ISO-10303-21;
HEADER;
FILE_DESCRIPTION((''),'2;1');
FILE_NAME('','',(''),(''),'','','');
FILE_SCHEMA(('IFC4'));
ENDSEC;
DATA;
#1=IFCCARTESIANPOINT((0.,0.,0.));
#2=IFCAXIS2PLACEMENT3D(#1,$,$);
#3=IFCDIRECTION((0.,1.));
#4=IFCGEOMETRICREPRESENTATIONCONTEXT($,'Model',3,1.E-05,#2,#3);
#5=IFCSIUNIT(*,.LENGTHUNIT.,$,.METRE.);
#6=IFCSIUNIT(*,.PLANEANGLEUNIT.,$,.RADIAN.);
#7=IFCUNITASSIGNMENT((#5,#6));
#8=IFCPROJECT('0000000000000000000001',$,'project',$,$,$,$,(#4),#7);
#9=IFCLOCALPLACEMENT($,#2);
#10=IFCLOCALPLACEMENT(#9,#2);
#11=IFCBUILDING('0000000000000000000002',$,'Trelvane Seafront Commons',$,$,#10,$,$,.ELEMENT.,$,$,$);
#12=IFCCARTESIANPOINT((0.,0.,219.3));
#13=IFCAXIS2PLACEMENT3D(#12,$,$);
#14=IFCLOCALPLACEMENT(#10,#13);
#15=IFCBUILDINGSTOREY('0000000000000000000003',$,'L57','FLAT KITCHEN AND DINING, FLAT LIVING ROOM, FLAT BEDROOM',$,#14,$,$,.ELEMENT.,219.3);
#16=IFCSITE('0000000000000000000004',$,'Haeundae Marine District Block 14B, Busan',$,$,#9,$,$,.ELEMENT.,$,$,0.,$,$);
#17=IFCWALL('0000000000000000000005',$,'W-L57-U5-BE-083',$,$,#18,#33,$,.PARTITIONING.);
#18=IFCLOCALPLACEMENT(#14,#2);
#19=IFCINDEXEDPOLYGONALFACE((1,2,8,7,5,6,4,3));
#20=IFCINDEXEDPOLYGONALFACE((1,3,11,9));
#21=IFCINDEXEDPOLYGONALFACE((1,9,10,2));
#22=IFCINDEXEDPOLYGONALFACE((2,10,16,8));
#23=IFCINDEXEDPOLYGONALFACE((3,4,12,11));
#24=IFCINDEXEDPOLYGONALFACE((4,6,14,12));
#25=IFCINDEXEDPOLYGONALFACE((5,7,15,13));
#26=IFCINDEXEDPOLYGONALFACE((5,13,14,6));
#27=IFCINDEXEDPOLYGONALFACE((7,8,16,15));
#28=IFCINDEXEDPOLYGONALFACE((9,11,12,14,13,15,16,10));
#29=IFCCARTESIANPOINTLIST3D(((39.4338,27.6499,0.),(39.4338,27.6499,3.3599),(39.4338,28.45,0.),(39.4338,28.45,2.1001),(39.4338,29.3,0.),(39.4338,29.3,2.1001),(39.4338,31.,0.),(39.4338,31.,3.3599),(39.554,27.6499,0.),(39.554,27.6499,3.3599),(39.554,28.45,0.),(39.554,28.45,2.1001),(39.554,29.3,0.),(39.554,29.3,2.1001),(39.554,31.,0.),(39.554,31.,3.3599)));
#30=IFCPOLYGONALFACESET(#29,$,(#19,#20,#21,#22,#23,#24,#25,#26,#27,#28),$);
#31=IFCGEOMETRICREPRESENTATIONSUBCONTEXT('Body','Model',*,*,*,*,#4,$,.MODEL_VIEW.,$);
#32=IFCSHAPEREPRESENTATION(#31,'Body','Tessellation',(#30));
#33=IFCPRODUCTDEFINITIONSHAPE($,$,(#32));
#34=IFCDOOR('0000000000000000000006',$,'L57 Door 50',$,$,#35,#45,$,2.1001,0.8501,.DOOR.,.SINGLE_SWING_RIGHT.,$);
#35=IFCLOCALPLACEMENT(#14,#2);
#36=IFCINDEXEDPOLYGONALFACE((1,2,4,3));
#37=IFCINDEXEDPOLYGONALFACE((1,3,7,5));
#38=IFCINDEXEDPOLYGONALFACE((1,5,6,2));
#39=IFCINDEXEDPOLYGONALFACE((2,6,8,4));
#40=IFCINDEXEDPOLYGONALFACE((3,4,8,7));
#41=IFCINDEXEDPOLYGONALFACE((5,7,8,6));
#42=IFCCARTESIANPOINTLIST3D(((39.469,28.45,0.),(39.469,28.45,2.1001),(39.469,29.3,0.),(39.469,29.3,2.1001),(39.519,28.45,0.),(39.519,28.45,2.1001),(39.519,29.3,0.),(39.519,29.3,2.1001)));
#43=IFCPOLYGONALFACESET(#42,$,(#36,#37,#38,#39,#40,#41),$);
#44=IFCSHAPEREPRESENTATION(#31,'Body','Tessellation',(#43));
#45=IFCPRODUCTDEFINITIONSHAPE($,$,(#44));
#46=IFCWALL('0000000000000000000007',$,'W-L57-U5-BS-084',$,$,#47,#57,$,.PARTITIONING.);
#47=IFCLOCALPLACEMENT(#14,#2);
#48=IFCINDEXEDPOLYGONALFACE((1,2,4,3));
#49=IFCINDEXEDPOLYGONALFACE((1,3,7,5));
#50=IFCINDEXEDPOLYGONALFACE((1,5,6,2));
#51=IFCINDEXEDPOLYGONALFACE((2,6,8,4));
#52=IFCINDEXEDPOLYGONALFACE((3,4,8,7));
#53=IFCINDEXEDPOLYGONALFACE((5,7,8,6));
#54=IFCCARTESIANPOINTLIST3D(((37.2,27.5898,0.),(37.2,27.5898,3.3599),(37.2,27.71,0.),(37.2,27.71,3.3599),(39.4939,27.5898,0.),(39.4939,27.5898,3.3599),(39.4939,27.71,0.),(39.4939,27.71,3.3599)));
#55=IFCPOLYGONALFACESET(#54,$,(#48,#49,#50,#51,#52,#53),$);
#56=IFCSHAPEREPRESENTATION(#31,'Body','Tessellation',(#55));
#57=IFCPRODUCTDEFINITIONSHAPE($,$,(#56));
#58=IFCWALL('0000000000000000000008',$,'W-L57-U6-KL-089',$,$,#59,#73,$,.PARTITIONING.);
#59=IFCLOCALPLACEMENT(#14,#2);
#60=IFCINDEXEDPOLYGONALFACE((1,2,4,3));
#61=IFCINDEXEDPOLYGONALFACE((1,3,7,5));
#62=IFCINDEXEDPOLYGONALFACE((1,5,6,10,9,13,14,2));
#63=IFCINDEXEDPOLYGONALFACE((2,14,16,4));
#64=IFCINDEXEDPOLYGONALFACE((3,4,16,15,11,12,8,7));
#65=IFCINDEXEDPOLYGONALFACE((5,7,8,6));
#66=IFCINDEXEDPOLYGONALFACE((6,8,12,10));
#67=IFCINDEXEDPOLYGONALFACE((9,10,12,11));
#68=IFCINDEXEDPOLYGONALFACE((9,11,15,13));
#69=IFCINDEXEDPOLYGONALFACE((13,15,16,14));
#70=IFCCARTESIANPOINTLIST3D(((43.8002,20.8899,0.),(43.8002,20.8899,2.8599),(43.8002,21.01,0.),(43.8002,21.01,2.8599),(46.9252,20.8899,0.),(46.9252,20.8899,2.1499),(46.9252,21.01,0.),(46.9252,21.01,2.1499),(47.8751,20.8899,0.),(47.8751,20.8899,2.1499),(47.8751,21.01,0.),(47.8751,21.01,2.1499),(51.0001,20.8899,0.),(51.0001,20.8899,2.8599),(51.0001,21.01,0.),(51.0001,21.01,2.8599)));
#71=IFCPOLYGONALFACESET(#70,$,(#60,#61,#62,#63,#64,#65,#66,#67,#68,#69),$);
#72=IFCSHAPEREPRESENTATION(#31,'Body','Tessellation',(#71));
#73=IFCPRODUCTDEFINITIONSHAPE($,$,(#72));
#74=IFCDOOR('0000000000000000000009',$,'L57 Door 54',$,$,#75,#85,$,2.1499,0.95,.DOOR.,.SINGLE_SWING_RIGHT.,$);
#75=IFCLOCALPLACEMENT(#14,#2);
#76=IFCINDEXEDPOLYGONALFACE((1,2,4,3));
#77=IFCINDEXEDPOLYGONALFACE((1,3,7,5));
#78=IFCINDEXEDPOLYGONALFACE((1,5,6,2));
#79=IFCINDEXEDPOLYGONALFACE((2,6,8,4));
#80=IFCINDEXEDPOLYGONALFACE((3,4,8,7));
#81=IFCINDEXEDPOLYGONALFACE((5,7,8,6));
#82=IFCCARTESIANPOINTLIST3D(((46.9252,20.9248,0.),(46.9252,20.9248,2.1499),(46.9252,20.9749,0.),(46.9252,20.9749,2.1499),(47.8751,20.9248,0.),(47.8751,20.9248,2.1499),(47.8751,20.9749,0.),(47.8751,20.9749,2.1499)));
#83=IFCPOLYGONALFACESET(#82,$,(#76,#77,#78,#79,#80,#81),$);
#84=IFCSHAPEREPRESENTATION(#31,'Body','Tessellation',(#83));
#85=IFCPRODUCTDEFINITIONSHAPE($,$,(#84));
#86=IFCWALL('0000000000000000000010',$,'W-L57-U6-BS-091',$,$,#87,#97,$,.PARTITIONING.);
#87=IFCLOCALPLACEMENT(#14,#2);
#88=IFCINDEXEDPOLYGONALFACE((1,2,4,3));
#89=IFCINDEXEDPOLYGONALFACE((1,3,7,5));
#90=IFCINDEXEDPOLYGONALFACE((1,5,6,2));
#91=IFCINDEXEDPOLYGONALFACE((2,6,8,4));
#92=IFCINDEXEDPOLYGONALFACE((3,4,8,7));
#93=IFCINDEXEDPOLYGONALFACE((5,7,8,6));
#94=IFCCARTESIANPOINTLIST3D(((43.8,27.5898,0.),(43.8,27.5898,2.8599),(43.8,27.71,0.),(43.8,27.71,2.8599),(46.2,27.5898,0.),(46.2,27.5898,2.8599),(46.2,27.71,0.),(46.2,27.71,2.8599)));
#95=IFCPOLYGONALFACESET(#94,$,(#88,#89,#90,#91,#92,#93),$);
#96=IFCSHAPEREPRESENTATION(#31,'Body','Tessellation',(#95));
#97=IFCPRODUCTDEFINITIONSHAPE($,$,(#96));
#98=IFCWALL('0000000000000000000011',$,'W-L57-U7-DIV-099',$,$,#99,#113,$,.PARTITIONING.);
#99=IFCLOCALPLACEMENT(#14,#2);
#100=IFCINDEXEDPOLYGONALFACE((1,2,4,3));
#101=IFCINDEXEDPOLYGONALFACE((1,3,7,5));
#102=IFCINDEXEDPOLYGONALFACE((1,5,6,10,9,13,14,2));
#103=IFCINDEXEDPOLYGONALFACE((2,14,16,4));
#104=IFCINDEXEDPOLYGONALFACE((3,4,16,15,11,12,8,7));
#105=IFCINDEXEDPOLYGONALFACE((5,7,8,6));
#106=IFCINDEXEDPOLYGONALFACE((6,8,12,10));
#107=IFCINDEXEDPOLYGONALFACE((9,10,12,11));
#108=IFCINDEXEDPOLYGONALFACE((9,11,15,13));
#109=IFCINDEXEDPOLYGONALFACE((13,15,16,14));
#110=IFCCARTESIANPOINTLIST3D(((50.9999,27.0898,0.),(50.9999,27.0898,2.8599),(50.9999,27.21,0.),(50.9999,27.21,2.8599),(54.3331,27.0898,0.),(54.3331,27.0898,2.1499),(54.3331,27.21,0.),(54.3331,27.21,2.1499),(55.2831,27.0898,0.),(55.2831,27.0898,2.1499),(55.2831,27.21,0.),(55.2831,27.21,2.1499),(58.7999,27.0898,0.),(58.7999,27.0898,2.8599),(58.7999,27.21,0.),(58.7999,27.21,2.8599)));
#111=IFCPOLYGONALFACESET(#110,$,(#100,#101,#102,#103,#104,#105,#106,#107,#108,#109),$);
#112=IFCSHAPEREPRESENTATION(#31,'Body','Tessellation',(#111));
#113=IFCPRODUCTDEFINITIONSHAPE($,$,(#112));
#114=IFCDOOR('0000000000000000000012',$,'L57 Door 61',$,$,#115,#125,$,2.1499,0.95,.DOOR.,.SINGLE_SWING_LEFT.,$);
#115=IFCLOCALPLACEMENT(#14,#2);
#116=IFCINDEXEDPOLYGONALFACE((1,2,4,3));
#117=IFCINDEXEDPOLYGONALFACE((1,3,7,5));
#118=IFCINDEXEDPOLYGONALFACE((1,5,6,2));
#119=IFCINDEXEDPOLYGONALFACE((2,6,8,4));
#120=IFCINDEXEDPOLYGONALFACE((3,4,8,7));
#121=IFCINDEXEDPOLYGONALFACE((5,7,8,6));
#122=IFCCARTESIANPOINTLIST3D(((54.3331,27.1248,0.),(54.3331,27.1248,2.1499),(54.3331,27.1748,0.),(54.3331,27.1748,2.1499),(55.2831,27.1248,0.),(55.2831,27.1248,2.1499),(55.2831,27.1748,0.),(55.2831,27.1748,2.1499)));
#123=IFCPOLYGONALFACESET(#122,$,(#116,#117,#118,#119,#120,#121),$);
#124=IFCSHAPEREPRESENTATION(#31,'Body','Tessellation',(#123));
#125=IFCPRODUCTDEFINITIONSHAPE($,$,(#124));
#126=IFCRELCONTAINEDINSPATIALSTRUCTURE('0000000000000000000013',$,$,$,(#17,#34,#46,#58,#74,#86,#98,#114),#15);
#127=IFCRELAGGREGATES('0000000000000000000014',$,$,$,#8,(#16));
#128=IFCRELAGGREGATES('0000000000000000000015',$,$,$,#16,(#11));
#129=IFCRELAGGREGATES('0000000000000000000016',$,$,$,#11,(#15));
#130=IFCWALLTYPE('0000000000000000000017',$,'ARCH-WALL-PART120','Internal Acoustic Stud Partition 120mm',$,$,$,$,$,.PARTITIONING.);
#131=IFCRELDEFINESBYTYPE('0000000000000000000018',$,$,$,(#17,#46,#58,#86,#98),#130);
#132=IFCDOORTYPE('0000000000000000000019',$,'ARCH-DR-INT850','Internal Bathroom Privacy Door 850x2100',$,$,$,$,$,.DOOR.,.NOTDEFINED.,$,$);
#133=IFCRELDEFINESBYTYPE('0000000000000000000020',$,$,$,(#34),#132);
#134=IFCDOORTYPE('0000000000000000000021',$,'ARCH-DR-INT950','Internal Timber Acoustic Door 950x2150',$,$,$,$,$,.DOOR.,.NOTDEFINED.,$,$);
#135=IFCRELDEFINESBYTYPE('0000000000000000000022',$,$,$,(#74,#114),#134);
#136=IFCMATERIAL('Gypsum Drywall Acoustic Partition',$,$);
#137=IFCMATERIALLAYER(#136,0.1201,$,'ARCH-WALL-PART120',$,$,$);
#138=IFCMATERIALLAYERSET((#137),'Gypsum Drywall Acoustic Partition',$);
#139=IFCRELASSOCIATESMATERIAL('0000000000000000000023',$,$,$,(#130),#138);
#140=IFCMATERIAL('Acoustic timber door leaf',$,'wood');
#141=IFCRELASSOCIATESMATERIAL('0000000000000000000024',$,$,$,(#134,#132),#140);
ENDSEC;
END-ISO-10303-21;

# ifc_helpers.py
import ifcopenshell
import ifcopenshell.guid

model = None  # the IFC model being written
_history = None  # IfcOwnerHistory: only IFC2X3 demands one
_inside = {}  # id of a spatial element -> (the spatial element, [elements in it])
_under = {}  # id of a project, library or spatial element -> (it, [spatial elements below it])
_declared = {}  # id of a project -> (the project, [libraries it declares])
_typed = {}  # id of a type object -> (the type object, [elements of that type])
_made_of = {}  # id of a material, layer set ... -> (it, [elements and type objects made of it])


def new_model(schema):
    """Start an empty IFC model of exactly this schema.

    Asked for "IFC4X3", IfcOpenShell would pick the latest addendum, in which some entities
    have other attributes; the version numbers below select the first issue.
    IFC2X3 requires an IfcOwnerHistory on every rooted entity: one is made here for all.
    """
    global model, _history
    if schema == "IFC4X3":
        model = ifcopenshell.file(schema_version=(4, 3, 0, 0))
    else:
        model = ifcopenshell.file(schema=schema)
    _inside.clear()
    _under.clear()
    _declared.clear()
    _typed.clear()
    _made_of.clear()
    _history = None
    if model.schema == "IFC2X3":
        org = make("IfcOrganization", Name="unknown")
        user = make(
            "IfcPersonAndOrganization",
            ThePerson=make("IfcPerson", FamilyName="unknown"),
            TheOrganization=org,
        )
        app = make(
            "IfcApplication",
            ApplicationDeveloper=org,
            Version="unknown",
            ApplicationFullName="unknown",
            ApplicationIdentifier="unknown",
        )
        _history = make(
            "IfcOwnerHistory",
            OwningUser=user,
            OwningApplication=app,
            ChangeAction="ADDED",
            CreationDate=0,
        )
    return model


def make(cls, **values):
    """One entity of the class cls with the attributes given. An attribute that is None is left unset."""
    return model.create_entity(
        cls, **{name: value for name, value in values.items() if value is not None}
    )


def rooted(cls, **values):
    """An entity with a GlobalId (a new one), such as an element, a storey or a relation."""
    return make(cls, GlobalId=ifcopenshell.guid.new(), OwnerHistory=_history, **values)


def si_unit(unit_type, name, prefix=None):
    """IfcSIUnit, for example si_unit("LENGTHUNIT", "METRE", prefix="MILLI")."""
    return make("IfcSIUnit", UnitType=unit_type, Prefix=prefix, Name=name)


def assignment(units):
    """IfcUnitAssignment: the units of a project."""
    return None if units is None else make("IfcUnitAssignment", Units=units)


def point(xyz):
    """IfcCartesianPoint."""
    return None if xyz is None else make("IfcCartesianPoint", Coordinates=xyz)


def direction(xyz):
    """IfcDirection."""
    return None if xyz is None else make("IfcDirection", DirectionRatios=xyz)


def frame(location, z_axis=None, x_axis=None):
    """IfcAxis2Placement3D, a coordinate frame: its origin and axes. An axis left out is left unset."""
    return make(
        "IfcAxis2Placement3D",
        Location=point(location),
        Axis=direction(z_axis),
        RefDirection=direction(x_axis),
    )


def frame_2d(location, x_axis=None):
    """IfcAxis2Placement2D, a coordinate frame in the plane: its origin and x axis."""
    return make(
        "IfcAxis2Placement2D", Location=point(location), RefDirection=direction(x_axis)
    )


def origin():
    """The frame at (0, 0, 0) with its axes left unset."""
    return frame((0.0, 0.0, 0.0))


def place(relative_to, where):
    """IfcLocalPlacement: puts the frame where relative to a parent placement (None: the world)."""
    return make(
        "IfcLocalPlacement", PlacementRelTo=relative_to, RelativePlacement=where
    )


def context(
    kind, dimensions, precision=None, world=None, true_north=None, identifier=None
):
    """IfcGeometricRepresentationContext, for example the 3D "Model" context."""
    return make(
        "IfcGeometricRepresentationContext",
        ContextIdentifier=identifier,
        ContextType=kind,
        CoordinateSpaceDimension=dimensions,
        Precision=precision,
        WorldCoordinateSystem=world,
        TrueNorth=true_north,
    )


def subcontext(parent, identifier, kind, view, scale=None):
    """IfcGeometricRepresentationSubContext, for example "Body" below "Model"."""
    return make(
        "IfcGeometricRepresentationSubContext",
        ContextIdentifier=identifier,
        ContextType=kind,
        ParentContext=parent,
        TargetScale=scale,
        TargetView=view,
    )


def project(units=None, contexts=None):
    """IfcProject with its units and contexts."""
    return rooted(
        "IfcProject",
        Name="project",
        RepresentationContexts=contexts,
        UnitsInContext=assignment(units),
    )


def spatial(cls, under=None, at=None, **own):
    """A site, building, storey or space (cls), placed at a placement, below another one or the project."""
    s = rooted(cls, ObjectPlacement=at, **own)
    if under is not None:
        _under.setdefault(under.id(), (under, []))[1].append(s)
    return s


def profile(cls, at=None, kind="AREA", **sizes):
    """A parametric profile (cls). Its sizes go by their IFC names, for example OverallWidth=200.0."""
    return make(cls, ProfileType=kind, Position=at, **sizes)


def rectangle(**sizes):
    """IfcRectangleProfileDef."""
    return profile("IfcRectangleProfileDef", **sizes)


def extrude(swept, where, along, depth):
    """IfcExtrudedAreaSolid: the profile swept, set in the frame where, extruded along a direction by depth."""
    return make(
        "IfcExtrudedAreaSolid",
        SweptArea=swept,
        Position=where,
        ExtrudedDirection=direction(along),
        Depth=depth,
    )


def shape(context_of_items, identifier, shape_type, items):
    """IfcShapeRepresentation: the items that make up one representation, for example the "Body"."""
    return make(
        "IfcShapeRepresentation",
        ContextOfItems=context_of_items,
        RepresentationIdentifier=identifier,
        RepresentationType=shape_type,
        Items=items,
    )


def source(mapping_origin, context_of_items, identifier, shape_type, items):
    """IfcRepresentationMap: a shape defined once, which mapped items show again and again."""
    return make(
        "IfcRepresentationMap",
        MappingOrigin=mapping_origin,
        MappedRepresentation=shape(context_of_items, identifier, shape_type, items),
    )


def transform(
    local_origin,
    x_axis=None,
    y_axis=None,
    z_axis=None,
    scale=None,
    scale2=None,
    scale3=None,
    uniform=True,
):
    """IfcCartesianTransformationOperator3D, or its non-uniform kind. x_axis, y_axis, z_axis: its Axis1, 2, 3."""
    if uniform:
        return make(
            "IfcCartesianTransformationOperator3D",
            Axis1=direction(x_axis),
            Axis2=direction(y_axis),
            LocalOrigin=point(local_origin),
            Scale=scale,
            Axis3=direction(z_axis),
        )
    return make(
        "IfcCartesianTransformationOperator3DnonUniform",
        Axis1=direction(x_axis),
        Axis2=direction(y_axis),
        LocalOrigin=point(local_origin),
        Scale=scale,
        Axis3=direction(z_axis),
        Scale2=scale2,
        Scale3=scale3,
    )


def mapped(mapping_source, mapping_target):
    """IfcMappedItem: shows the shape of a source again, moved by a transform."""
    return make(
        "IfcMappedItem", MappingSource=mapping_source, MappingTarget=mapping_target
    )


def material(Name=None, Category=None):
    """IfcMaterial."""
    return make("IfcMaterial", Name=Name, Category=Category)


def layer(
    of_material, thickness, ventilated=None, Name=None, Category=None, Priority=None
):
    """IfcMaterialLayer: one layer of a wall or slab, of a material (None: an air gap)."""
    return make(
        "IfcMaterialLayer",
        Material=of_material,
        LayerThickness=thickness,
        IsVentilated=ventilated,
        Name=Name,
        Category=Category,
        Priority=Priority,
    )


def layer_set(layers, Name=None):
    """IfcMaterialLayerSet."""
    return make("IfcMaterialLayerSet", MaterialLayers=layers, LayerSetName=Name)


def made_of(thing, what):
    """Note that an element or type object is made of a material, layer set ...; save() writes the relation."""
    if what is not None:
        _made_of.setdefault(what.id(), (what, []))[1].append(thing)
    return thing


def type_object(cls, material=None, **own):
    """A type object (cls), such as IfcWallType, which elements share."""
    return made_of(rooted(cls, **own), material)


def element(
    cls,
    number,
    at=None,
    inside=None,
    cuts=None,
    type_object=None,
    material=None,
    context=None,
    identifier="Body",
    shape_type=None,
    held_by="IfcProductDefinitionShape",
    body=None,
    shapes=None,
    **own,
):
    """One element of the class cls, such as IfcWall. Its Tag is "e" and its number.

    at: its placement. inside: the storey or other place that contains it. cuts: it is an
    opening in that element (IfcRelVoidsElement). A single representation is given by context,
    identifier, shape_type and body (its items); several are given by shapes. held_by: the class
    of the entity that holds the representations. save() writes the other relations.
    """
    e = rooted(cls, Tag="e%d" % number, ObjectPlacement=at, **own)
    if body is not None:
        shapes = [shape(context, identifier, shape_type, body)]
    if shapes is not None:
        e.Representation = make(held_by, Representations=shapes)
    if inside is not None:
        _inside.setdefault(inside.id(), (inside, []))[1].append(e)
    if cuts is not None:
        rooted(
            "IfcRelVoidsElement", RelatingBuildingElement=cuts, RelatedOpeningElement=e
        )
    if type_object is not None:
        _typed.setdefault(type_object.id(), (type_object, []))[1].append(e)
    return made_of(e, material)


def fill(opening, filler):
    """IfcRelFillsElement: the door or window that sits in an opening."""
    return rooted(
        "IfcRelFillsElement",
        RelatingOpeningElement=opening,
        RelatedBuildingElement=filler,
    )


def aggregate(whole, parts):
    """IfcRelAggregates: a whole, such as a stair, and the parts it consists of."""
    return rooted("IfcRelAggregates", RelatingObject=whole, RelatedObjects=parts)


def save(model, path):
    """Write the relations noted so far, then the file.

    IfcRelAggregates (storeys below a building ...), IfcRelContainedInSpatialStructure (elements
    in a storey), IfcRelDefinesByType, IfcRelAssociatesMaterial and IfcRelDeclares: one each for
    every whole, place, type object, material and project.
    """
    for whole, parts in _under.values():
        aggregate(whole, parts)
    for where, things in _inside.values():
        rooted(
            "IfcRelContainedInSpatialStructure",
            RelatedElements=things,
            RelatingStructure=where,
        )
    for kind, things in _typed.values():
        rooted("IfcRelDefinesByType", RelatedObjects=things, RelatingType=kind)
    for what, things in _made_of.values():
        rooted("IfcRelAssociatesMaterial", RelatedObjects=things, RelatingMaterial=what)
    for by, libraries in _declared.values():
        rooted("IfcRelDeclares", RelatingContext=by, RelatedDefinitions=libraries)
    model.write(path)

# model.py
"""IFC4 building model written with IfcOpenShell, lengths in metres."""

from ifc_helpers import new_model, si_unit, direction, frame, frame_2d, origin, place, context, subcontext, project, spatial, rectangle, extrude, source, transform, mapped, material, layer, layer_set, type_object, element, fill, save


model = new_model("IFC4")

# Units and contexts
model_context = context("Model", 3, precision=1e-05, world=origin(), true_north=direction((0.0, 1.0)))
body_context = subcontext(model_context, "Body", "Model", "MODEL_VIEW")
ifc_project = project(units=[si_unit("LENGTHUNIT", "METRE"), si_unit("PLANEANGLEUNIT", "RADIAN")], contexts=[model_context])

# Site, building, storey
site_placement = place(None, origin())
site = spatial("IfcSite", under=ifc_project, at=site_placement, Name="Haeundae Marine District Block 14B, Busan", CompositionType="ELEMENT", RefElevation=0.0)
building_placement = place(site_placement, origin())
building = spatial("IfcBuilding", under=site, at=building_placement, Name="Trelvane Seafront Commons", CompositionType="ELEMENT")
storey_placement = place(building_placement, frame((0.0, 0.0, 219.3)))
storey = spatial("IfcBuildingStorey", under=building, at=storey_placement, Name="L57", Description="FLAT KITCHEN AND DINING, FLAT LIVING ROOM, FLAT BEDROOM", CompositionType="ELEMENT", Elevation=219.3)

# Wall, opening, door
ifc_material_1 = material(Name="Gypsum Drywall Acoustic Partition")
ifc_layer = layer(ifc_material_1, 0.1201, Name="ARCH-WALL-PART120")
ifc_layer_set = layer_set([ifc_layer], Name="Gypsum Drywall Acoustic Partition")
wall_type = type_object("IfcWallType", Name="ARCH-WALL-PART120", Description="Internal Acoustic Stud Partition 120mm", PredefinedType="PARTITIONING", material=ifc_layer_set)
ifc_material_2 = material(Name="Acoustic timber door leaf", Category="wood")
door_type_1 = type_object("IfcDoorType", Name="ARCH-DR-INT950", Description="Internal Timber Acoustic Door 950x2150", OperationType="NOTDEFINED", PredefinedType="DOOR", material=ifc_material_2)
shared_shape_1 = source(origin(), body_context, "Body", "SweptSolid", [
    extrude(rectangle(XDim=0.95, YDim=2.1499, at=frame_2d((0.4751, 1.075))), frame((0.0, 0.0249, 0.0), z_axis=(0.0, -1.0, 0.0), x_axis=(1.0, 0.0, 0.0)), (0.0, 0.0, 1.0), 0.05),
])
wall_1_placement = place(storey_placement, frame((39.4939, 27.6499, 0.0), z_axis=(0.0, 0.0, 1.0), x_axis=(0.0, 1.0, 0.0)))
wall_1 = element("IfcWall", 1, at=wall_1_placement, inside=storey, type_object=wall_type, Name="W-L57-U5-BE-083", PredefinedType="PARTITIONING", context=body_context, shape_type="SweptSolid", body=[
    extrude(rectangle(XDim=3.3501, YDim=0.1201, at=frame_2d((1.675, 0.0))), origin(), (0.0, 0.0, 1.0), 3.3599),
])
opening_1_placement = place(wall_1_placement, frame((0.8, 0.0, 0.0)))
opening_1 = element("IfcOpeningElement", 2, at=opening_1_placement, cuts=wall_1, PredefinedType="OPENING", context=body_context, shape_type="SweptSolid", body=[
    extrude(rectangle(XDim=0.8501, YDim=2.1001, at=frame_2d((0.425, 1.05))), frame((0.0, 0.0701, 0.0), z_axis=(0.0, -1.0, 0.0), x_axis=(1.0, 0.0, 0.0)), (0.0, 0.0, 1.0), 0.1401),
])
door_type_2 = type_object("IfcDoorType", Name="ARCH-DR-INT850", Description="Internal Bathroom Privacy Door 850x2100", OperationType="NOTDEFINED", PredefinedType="DOOR", material=ifc_material_2)
shared_shape_2 = source(origin(), body_context, "Body", "SweptSolid", [
    extrude(rectangle(XDim=0.8501, YDim=2.1001, at=frame_2d((0.425, 1.05))), frame((0.0, 0.0249, 0.0), z_axis=(0.0, -1.0, 0.0), x_axis=(1.0, 0.0, 0.0)), (0.0, 0.0, 1.0), 0.05),
])
door_1_placement = place(opening_1_placement, origin())
door_1 = element("IfcDoor", 3, at=door_1_placement, inside=storey, type_object=door_type_2, Name="L57 Door 50", OperationType="SINGLE_SWING_RIGHT", OverallHeight=2.1001, OverallWidth=0.8501, PredefinedType="DOOR", context=body_context, shape_type="MappedRepresentation", body=[
    mapped(shared_shape_2, transform((0.0, 0.0, 0.0), x_axis=(1.0, 0.0, 0.0), y_axis=(0.0, 1.0, 0.0), z_axis=(0.0, 0.0, 1.0), scale=1.0)),
])
fill(opening_1, door_1)

# Wall
wall_2_placement = place(storey_placement, frame((37.2, 27.6499, 0.0), z_axis=(0.0, 0.0, 1.0), x_axis=(1.0, 0.0, 0.0)))
element("IfcWall", 4, at=wall_2_placement, inside=storey, type_object=wall_type, Name="W-L57-U5-BS-084", PredefinedType="PARTITIONING", context=body_context, shape_type="SweptSolid", body=[
    extrude(rectangle(XDim=2.2939, YDim=0.1201, at=frame_2d((1.147, 0.0))), origin(), (0.0, 0.0, 1.0), 3.3599),
])

# Wall, opening, door
wall_3_placement = place(storey_placement, frame((43.8, 20.95, 0.0), z_axis=(0.0, 0.0, 1.0), x_axis=(1.0, 0.0, 0.0)))
wall_3 = element("IfcWall", 5, at=wall_3_placement, inside=storey, type_object=wall_type, Name="W-L57-U6-KL-089", PredefinedType="PARTITIONING", context=body_context, shape_type="SweptSolid", body=[
    extrude(rectangle(XDim=7.2, YDim=0.1201, at=frame_2d((3.6001, 0.0))), origin(), (0.0, 0.0, 1.0), 2.8599),
])
opening_2_placement = place(wall_3_placement, frame((3.125, 0.0, 0.0)))
opening_2 = element("IfcOpeningElement", 6, at=opening_2_placement, cuts=wall_3, PredefinedType="OPENING", context=body_context, shape_type="SweptSolid", body=[
    extrude(rectangle(XDim=0.95, YDim=2.1499, at=frame_2d((0.4751, 1.075))), frame((0.0, 0.0701, 0.0), z_axis=(0.0, -1.0, 0.0), x_axis=(1.0, 0.0, 0.0)), (0.0, 0.0, 1.0), 0.1401),
])
door_2_placement = place(opening_2_placement, origin())
door_2 = element("IfcDoor", 7, at=door_2_placement, inside=storey, type_object=door_type_1, Name="L57 Door 54", OperationType="SINGLE_SWING_RIGHT", OverallHeight=2.1499, OverallWidth=0.95, PredefinedType="DOOR", context=body_context, shape_type="MappedRepresentation", body=[
    mapped(shared_shape_1, transform((0.0, 0.0, 0.0), x_axis=(1.0, 0.0, 0.0), y_axis=(0.0, 1.0, 0.0), z_axis=(0.0, 0.0, 1.0), scale=1.0)),
])
fill(opening_2, door_2)

# Wall
wall_4_placement = place(storey_placement, frame((43.8, 27.6499, 0.0), z_axis=(0.0, 0.0, 1.0), x_axis=(1.0, 0.0, 0.0)))
element("IfcWall", 8, at=wall_4_placement, inside=storey, type_object=wall_type, Name="W-L57-U6-BS-091", PredefinedType="PARTITIONING", context=body_context, shape_type="SweptSolid", body=[
    extrude(rectangle(XDim=2.3999, YDim=0.1201, at=frame_2d((1.2, 0.0))), origin(), (0.0, 0.0, 1.0), 2.8599),
])

# Wall, opening, door
wall_5_placement = place(storey_placement, frame((51.0, 27.1499, 0.0), z_axis=(0.0, 0.0, 1.0), x_axis=(1.0, 0.0, 0.0)))
wall_5 = element("IfcWall", 9, at=wall_5_placement, inside=storey, type_object=wall_type, Name="W-L57-U7-DIV-099", PredefinedType="PARTITIONING", context=body_context, shape_type="SweptSolid", body=[
    extrude(rectangle(XDim=7.8, YDim=0.1201, at=frame_2d((3.8999, 0.0))), origin(), (0.0, 0.0, 1.0), 2.8599),
])
opening_3_placement = place(wall_5_placement, frame((3.333, 0.0, 0.0)))
opening_3 = element("IfcOpeningElement", 10, at=opening_3_placement, cuts=wall_5, PredefinedType="OPENING", context=body_context, shape_type="SweptSolid", body=[
    extrude(rectangle(XDim=0.95, YDim=2.1499, at=frame_2d((0.4751, 1.075))), frame((0.0, 0.0701, 0.0), z_axis=(0.0, -1.0, 0.0), x_axis=(1.0, 0.0, 0.0)), (0.0, 0.0, 1.0), 0.1401),
])
door_3_placement = place(opening_3_placement, origin())
door_3 = element("IfcDoor", 11, at=door_3_placement, inside=storey, type_object=door_type_1, Name="L57 Door 61", OperationType="SINGLE_SWING_LEFT", OverallHeight=2.1499, OverallWidth=0.95, PredefinedType="DOOR", context=body_context, shape_type="MappedRepresentation", body=[
    mapped(shared_shape_1, transform((0.0, 0.0, 0.0), x_axis=(1.0, 0.0, 0.0), y_axis=(0.0, 1.0, 0.0), z_axis=(0.0, 0.0, 1.0), scale=1.0)),
])
fill(opening_3, door_3)

save(model, "model.ifc")
